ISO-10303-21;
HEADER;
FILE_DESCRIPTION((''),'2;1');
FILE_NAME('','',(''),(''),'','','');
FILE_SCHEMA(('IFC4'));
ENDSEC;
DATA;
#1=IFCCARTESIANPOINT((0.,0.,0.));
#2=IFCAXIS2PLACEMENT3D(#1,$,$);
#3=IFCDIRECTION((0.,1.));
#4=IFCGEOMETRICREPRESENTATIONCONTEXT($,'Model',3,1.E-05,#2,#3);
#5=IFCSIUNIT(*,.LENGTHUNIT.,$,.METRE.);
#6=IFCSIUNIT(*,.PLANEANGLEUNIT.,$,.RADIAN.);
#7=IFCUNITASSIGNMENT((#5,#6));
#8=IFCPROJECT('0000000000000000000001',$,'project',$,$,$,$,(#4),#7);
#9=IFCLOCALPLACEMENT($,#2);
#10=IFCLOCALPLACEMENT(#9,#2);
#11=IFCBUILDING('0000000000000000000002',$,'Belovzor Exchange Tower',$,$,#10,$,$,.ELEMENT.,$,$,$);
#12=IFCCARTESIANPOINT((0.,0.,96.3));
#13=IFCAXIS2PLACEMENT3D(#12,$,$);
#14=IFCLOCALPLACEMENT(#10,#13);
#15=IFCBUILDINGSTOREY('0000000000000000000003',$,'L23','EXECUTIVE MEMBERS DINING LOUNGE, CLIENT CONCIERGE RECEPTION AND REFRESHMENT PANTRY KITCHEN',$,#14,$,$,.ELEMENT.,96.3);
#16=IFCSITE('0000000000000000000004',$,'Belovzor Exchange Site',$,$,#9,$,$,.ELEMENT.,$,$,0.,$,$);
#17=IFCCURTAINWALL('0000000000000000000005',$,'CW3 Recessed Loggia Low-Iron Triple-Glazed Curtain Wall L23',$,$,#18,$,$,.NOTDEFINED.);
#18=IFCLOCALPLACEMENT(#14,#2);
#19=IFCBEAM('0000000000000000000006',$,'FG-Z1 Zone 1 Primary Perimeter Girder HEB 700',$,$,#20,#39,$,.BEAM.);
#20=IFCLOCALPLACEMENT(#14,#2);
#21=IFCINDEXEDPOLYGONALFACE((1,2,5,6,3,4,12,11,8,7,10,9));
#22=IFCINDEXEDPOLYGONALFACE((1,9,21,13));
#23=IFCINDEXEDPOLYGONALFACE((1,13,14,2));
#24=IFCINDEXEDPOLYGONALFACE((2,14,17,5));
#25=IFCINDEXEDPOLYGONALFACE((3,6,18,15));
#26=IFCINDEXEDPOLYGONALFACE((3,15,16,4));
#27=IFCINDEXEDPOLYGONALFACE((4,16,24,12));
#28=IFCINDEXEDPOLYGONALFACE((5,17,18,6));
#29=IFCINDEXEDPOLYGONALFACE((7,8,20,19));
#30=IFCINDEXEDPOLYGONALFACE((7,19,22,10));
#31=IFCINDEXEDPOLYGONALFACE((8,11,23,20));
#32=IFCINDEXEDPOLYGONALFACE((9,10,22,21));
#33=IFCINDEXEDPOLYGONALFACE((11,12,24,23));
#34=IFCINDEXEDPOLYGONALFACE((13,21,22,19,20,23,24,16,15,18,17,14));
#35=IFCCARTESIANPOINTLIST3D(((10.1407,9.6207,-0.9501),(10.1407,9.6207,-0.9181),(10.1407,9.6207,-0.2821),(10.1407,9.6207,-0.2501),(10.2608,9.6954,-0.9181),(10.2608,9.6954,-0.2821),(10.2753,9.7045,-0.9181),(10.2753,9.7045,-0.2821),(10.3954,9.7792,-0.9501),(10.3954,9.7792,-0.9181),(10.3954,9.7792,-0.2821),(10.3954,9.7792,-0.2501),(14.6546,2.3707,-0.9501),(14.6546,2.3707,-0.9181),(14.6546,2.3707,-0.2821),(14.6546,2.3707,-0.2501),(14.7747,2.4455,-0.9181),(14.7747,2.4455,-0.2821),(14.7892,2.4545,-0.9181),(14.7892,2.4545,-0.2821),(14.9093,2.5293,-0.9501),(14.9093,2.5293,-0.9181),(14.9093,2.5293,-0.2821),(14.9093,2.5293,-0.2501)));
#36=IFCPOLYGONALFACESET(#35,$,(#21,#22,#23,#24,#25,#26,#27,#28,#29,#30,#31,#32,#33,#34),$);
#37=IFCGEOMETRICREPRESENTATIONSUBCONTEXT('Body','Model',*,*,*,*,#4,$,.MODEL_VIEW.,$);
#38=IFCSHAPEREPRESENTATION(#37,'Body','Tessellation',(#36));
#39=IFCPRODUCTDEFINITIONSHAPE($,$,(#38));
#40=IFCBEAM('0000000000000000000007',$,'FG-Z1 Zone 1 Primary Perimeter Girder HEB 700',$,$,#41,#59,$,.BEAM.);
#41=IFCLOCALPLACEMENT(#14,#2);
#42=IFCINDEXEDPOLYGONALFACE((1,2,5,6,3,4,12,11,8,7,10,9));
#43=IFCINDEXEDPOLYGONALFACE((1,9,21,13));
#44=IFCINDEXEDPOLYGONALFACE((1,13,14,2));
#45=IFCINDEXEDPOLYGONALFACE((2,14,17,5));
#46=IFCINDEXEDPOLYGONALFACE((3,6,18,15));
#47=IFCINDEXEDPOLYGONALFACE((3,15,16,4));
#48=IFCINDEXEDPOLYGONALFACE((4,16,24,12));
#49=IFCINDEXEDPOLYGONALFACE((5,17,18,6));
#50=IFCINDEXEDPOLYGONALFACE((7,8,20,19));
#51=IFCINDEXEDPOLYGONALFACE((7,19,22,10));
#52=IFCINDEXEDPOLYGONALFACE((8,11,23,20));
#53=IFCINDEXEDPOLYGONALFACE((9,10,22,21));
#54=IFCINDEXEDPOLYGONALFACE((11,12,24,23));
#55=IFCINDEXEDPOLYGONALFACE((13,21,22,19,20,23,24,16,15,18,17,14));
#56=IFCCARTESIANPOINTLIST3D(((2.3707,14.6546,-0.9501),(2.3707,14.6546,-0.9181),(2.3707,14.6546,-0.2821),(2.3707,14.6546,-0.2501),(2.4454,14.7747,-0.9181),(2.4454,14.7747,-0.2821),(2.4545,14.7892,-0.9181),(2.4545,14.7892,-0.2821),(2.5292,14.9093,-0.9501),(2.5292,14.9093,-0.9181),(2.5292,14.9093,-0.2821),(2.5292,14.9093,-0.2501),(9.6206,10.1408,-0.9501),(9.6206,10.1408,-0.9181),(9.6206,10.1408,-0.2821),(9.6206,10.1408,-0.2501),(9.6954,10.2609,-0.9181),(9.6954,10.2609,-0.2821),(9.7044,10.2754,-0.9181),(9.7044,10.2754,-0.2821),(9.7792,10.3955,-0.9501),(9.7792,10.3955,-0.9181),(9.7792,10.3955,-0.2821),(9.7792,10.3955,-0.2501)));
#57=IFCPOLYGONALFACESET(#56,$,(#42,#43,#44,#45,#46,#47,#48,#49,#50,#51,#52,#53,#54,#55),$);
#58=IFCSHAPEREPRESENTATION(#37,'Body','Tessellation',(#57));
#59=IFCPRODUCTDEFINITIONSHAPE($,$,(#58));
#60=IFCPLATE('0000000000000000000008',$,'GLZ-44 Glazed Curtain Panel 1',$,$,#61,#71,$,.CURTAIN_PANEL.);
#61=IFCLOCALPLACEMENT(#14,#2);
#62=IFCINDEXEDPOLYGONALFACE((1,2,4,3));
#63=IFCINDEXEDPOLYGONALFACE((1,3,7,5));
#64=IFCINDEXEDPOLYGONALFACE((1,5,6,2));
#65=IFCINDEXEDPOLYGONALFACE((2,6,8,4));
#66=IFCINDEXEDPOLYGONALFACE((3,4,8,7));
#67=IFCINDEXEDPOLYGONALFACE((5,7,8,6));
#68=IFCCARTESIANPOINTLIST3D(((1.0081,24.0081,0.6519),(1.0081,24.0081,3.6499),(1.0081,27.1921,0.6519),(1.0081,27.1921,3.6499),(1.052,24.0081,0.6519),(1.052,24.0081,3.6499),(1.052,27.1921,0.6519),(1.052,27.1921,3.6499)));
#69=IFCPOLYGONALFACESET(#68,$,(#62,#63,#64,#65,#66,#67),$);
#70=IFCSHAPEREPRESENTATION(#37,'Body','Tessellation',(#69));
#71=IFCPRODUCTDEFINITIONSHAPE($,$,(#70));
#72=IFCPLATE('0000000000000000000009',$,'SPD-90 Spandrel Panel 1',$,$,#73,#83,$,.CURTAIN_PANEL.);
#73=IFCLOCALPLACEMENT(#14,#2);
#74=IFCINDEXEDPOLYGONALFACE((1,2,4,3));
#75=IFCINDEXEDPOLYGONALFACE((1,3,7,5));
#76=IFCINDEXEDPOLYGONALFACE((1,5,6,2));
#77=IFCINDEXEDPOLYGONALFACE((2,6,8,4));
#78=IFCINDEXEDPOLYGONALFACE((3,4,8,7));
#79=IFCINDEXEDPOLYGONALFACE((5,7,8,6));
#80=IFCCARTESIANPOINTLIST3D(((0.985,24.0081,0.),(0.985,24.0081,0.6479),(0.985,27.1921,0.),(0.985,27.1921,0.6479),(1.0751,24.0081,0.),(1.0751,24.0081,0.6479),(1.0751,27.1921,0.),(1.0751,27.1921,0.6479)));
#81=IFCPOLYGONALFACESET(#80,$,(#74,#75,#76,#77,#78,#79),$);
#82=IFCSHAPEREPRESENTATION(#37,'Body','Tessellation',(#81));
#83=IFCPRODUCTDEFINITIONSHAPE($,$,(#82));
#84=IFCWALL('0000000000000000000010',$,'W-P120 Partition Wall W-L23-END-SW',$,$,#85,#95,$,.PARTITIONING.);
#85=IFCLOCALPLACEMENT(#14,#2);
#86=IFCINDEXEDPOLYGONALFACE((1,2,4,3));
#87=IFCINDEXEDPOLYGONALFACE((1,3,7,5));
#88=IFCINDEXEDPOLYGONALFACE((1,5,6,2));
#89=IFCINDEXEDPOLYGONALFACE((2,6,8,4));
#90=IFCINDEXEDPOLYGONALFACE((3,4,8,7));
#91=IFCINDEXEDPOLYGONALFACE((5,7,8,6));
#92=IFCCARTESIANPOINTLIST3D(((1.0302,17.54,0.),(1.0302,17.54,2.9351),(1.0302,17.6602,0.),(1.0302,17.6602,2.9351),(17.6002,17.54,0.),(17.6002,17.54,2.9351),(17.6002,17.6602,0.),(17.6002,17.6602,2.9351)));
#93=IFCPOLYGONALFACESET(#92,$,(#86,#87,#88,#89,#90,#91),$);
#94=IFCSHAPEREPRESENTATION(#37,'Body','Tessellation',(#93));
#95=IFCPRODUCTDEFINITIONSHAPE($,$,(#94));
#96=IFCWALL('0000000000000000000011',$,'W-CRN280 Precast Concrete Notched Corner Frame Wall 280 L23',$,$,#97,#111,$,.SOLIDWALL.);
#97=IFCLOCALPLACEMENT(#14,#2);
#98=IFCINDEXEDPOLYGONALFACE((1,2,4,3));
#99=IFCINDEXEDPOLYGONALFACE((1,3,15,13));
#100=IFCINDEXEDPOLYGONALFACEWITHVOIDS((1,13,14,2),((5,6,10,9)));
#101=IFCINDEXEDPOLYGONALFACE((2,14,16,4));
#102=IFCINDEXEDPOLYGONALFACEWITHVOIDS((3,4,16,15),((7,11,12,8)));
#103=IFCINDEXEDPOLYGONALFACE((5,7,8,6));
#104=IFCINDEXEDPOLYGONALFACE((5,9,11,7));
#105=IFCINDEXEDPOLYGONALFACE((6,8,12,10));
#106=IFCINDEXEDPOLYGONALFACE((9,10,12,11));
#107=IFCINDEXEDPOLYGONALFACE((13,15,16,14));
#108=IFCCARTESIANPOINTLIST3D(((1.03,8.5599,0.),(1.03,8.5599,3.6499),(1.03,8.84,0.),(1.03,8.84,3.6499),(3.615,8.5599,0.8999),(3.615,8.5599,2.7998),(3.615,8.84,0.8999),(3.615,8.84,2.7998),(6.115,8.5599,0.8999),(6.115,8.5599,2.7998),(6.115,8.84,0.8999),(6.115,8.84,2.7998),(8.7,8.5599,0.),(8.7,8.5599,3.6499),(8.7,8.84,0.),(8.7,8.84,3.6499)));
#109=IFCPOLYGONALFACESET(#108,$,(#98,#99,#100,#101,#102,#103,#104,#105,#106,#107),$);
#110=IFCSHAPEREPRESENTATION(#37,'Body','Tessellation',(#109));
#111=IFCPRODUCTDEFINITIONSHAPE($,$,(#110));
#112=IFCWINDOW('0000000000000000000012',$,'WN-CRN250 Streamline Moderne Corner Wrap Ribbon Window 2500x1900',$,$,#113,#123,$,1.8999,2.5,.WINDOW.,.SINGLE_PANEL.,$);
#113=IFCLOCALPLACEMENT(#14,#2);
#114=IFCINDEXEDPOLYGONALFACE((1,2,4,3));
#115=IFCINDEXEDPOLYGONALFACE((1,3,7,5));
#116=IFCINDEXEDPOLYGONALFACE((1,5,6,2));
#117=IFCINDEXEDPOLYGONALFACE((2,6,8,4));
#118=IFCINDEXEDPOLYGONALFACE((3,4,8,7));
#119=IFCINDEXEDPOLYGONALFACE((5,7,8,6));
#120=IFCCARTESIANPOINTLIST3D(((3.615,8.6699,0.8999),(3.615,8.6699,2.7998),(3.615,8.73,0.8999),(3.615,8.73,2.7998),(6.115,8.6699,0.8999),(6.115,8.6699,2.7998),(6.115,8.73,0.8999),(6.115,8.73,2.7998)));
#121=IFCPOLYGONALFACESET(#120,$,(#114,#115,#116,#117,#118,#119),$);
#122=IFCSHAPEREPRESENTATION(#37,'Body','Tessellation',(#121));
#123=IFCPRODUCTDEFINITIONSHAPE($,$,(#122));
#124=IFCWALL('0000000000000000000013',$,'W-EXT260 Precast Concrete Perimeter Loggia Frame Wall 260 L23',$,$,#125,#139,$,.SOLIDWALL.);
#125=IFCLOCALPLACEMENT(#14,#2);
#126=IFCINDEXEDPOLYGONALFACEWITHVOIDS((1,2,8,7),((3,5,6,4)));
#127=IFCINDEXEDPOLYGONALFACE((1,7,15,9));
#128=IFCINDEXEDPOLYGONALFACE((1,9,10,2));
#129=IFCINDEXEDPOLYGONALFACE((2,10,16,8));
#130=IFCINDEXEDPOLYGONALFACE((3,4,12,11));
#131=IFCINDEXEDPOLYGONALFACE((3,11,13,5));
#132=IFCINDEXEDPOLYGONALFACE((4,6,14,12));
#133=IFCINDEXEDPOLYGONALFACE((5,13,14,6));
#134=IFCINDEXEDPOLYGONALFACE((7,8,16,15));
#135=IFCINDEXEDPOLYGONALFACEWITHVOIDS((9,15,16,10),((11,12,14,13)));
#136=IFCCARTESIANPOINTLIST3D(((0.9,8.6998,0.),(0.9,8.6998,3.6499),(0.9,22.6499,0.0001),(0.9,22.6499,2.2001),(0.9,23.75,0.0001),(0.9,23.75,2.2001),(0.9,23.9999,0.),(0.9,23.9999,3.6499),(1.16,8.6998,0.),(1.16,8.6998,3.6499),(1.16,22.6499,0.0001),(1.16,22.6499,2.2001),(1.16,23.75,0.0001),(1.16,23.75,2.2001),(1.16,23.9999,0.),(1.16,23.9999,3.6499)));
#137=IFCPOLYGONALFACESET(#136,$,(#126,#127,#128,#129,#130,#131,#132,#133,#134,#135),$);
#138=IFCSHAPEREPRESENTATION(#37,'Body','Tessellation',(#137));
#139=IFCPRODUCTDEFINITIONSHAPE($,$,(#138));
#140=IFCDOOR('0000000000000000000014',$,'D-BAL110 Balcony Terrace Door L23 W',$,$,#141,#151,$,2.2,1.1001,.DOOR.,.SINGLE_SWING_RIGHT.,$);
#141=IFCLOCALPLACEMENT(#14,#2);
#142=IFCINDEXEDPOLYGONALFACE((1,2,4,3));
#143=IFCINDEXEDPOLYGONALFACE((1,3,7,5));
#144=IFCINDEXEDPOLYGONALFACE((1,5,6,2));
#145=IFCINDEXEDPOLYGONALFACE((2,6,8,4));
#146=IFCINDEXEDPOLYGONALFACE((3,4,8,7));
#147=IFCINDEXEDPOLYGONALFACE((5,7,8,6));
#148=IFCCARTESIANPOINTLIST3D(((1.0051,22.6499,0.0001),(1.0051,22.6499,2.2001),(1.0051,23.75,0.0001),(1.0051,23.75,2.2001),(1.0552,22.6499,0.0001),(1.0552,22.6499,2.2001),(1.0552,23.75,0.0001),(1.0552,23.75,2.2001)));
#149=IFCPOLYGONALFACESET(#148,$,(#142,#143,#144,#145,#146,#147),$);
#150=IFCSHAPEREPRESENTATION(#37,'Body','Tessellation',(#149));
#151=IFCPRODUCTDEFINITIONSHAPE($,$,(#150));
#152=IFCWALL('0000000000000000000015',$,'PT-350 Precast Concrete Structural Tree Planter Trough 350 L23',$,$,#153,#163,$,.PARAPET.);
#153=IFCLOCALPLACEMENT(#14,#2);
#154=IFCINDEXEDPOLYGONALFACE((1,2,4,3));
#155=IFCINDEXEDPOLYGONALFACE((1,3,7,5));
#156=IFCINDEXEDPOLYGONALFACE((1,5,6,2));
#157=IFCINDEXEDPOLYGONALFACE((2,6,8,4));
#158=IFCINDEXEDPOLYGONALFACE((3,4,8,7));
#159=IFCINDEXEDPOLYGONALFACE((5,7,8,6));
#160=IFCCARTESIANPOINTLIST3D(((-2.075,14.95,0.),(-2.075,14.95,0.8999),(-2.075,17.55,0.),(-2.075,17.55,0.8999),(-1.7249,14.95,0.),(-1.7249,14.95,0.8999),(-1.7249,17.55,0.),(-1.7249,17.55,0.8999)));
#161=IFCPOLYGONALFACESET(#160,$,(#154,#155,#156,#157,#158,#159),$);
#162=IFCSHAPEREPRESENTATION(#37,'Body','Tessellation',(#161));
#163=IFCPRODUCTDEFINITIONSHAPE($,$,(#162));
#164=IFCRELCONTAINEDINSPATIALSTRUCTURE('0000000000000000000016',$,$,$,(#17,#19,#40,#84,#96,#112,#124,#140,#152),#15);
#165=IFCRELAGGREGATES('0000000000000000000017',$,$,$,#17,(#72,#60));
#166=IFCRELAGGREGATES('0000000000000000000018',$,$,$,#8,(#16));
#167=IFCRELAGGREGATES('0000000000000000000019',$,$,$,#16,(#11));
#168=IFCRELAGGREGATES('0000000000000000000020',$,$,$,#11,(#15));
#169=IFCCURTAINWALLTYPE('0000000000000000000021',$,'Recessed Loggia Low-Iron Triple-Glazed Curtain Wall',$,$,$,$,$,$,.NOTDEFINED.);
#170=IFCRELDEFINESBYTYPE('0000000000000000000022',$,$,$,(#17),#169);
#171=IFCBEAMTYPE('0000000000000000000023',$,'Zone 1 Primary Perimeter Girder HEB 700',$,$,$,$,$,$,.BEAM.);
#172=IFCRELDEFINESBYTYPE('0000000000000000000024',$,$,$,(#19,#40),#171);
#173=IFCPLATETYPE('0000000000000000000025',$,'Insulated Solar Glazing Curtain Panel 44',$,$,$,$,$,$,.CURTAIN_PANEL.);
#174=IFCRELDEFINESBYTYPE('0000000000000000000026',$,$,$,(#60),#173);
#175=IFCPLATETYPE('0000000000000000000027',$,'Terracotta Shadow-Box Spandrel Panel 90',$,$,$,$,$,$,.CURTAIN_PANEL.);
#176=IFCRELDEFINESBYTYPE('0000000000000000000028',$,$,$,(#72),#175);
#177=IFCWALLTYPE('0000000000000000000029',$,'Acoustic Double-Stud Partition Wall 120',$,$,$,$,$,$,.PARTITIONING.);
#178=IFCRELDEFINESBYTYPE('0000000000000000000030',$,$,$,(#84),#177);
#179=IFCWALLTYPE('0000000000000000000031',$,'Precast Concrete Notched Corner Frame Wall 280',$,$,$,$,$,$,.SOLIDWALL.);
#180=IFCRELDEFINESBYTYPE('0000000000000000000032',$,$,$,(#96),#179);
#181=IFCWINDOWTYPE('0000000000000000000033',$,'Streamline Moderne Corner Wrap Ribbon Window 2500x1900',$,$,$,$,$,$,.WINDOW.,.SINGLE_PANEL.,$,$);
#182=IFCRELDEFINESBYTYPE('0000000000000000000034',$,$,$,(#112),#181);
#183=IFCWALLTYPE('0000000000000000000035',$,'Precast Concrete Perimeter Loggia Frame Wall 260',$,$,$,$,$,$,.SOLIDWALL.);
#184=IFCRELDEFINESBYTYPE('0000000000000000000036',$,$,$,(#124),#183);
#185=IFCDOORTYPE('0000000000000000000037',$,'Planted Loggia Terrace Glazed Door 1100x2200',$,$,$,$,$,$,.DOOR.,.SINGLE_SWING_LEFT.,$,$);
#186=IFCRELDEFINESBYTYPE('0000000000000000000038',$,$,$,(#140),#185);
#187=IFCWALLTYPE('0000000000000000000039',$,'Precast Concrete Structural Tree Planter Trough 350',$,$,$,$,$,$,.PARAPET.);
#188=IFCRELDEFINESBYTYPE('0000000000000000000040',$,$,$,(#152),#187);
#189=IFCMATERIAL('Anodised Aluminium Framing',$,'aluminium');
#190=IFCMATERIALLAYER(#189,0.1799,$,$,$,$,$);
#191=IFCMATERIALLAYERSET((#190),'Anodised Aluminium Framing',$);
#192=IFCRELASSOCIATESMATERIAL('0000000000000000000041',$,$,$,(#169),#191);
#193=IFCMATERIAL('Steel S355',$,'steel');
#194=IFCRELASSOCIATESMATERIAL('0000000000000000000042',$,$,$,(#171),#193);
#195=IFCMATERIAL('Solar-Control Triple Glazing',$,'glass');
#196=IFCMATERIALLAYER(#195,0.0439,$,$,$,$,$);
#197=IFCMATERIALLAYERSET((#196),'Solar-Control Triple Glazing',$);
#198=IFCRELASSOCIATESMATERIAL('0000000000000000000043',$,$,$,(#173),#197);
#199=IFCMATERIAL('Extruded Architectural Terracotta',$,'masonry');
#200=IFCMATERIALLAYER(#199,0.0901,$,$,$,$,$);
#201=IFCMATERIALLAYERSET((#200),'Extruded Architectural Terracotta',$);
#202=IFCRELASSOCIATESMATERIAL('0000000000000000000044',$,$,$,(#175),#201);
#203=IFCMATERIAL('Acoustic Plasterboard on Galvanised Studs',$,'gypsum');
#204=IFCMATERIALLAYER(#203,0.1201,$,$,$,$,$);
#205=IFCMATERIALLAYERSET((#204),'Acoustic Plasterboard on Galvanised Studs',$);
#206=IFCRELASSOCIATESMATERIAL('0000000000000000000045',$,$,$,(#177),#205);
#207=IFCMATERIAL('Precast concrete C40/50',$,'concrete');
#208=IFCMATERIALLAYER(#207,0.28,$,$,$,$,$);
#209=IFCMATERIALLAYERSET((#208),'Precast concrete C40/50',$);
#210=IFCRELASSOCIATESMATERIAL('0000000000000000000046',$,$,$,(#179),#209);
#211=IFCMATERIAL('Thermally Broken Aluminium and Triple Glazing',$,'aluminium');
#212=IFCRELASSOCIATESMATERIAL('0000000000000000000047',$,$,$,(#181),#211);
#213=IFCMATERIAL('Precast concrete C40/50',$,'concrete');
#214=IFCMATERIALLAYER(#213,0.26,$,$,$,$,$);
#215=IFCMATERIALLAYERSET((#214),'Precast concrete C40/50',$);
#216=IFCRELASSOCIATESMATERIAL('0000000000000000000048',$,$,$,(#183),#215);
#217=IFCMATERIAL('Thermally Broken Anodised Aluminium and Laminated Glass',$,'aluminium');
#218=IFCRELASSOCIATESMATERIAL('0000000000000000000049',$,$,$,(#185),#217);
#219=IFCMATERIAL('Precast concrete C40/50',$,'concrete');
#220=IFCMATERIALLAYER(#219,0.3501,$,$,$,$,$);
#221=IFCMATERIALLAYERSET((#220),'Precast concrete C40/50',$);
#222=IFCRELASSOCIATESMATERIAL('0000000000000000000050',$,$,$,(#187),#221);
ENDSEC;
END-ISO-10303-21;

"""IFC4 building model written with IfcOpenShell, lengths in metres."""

from ifc_helpers import new_model, si_unit, direction, frame, frame_2d, origin, origin_2d, place, context, subcontext, project, spatial, rectangle, i_section, extrude, material, layer, layer_set, material_profile, profile_set, type_object, element, fill, aggregate, save


model = new_model("IFC4")

# Units and contexts
model_context = context("Model", 3, precision=1e-05, world=origin(), true_north=direction((0.0, 1.0)))
body_context = subcontext(model_context, "Body", "Model", "MODEL_VIEW")
ifc_project = project(units=[si_unit("LENGTHUNIT", "METRE"), si_unit("PLANEANGLEUNIT", "RADIAN")], contexts=[model_context])

# Site, building, storey
site_placement = place(None, origin())
site = spatial("IfcSite", under=ifc_project, at=site_placement, Name="Belovzor Exchange Site", CompositionType="ELEMENT", RefElevation=0.0)
building_placement = place(site_placement, origin())
building = spatial("IfcBuilding", under=site, at=building_placement, Name="Belovzor Exchange Tower", CompositionType="ELEMENT")
storey_placement = place(building_placement, frame((0.0, 0.0, 96.3)))
storey = spatial("IfcBuildingStorey", under=building, at=storey_placement, Name="L23", Description="EXECUTIVE MEMBERS DINING LOUNGE, CLIENT CONCIERGE RECEPTION AND REFRESHMENT PANTRY KITCHEN", CompositionType="ELEMENT", Elevation=96.3)

# Curtain wall
ifc_material_1 = material(Name="Anodised Aluminium Framing", Category="aluminium")
ifc_layer_1 = layer(ifc_material_1, 0.1799)
ifc_layer_set_1 = layer_set([ifc_layer_1], Name="Anodised Aluminium Framing")
curtain_wall_type = type_object("IfcCurtainWallType", Name="Recessed Loggia Low-Iron Triple-Glazed Curtain Wall", PredefinedType="NOTDEFINED", material=ifc_layer_set_1)
curtain_wall_placement = place(storey_placement, origin())
curtain_wall = element("IfcCurtainWall", 1, at=curtain_wall_placement, inside=storey, type_object=curtain_wall_type, Name="CW3 Recessed Loggia Low-Iron Triple-Glazed Curtain Wall L23", PredefinedType="NOTDEFINED")

# Beams
ifc_material_2 = material(Name="Steel S355", Category="steel")
ifc_material_profile_1 = material_profile(ifc_material_2, i_section(OverallWidth=0.3, OverallDepth=0.7, WebThickness=0.0171, FlangeThickness=0.032, at=origin_2d()))
ifc_profile_set_1 = profile_set([ifc_material_profile_1], Name="Steel S355")
beam_type_1 = type_object("IfcBeamType", Name="Zone 1 Primary Perimeter Girder HEB 700", PredefinedType="BEAM", material=ifc_profile_set_1)
for number, where, z_axis, x_axis, name in (
    (2, (10.2681, 9.7, -0.6001), (0.528539, -0.848909, 0.0), (0.848909, 0.528539, 0.0), "FG-Z1 Zone 1 Primary Perimeter Girder HEB 700"),
    (3, (2.45, 14.782, -0.6001), (0.848909, -0.528539, 0.0), (0.528539, 0.848909, 0.0), "FG-Z1 Zone 1 Primary Perimeter Girder HEB 700"),
):
    element("IfcBeam", number, at=place(storey_placement, frame(where, z_axis=z_axis, x_axis=x_axis)), inside=storey, type_object=beam_type_1, Name=name, PredefinedType="BEAM", context=body_context, shape_type="SweptSolid", body=[
        extrude(i_section(OverallWidth=0.3, OverallDepth=0.7, WebThickness=0.0171, FlangeThickness=0.032, at=origin_2d()), origin(), (0.0, 0.0, 1.0), 8.5403),
    ])

# Plates
ifc_material_3 = material(Name="Solar-Control Triple Glazing", Category="glass")
ifc_layer_2 = layer(ifc_material_3, 0.0439)
ifc_layer_set_2 = layer_set([ifc_layer_2], Name="Solar-Control Triple Glazing")
plate_type_1 = type_object("IfcPlateType", Name="Insulated Solar Glazing Curtain Panel 44", PredefinedType="CURTAIN_PANEL", material=ifc_layer_set_2)
plate_1_placement = place(storey_placement, frame((1.03, 25.6001, 0.6519), z_axis=(0.0, 0.0, 1.0), x_axis=(0.0, 1.0, 0.0)))
plate_1 = element("IfcPlate", 4, at=plate_1_placement, type_object=plate_type_1, Name="GLZ-44 Glazed Curtain Panel 1", PredefinedType="CURTAIN_PANEL", context=body_context, shape_type="SweptSolid", body=[
    extrude(rectangle(XDim=3.1841, YDim=0.0439, at=origin_2d()), origin(), (0.0, 0.0, 1.0), 2.998),
])
ifc_material_4 = material(Name="Extruded Architectural Terracotta", Category="masonry")
ifc_layer_3 = layer(ifc_material_4, 0.0901)
ifc_layer_set_3 = layer_set([ifc_layer_3], Name="Extruded Architectural Terracotta")
plate_type_2 = type_object("IfcPlateType", Name="Terracotta Shadow-Box Spandrel Panel 90", PredefinedType="CURTAIN_PANEL", material=ifc_layer_set_3)
plate_2_placement = place(storey_placement, frame((1.03, 25.6001, 0.0), z_axis=(0.0, 0.0, 1.0), x_axis=(0.0, 1.0, 0.0)))
plate_2 = element("IfcPlate", 5, at=plate_2_placement, type_object=plate_type_2, Name="SPD-90 Spandrel Panel 1", PredefinedType="CURTAIN_PANEL", context=body_context, shape_type="SweptSolid", body=[
    extrude(rectangle(XDim=3.1841, YDim=0.0901, at=origin_2d()), origin(), (0.0, 0.0, 1.0), 0.6479),
])
aggregate(curtain_wall, [plate_2, plate_1])

# Wall
ifc_material_5 = material(Name="Acoustic Plasterboard on Galvanised Studs", Category="gypsum")
ifc_layer_4 = layer(ifc_material_5, 0.1201)
ifc_layer_set_4 = layer_set([ifc_layer_4], Name="Acoustic Plasterboard on Galvanised Studs")
wall_type_1 = type_object("IfcWallType", Name="Acoustic Double-Stud Partition Wall 120", PredefinedType="PARTITIONING", material=ifc_layer_set_4)
wall_1_placement = place(storey_placement, frame((1.03, 17.6001, 0.0), z_axis=(0.0, 0.0, 1.0), x_axis=(1.0, 0.0, 0.0)))
element("IfcWall", 6, at=wall_1_placement, inside=storey, type_object=wall_type_1, Name="W-P120 Partition Wall W-L23-END-SW", PredefinedType="PARTITIONING", context=body_context, shape_type="SweptSolid", body=[
    extrude(rectangle(XDim=16.5701, YDim=0.1201, at=frame_2d((8.2852, 0.0))), origin(), (0.0, 0.0, 1.0), 2.9351),
])

# Wall, opening, window
ifc_material_6 = material(Name="Precast concrete C40/50", Category="concrete")
ifc_layer_5 = layer(ifc_material_6, 0.28)
ifc_layer_set_5 = layer_set([ifc_layer_5], Name="Precast concrete C40/50")
wall_type_2 = type_object("IfcWallType", Name="Precast Concrete Notched Corner Frame Wall 280", PredefinedType="SOLIDWALL", material=ifc_layer_set_5)
wall_2_placement = place(storey_placement, frame((8.7, 8.7, 0.0), z_axis=(0.0, 0.0, 1.0), x_axis=(-1.0, 0.0, 0.0)))
wall_2 = element("IfcWall", 7, at=wall_2_placement, inside=storey, type_object=wall_type_2, Name="W-CRN280 Precast Concrete Notched Corner Frame Wall 280 L23", PredefinedType="SOLIDWALL", context=body_context, shape_type="SweptSolid", body=[
    extrude(rectangle(XDim=7.6699, YDim=0.28, at=frame_2d((3.835, 0.0))), origin(), (0.0, 0.0, 1.0), 3.6499),
])
opening_1_placement = place(wall_2_placement, frame((2.585, 0.0, 0.8999)))
opening_1 = element("IfcOpeningElement", 8, at=opening_1_placement, cuts=wall_2, PredefinedType="OPENING", context=body_context, shape_type="SweptSolid", body=[
    extrude(rectangle(XDim=2.5, YDim=1.8999, at=frame_2d((1.25, 0.95))), frame((0.0, 0.1499, 0.0), z_axis=(0.0, -1.0, 0.0), x_axis=(1.0, 0.0, 0.0)), (0.0, 0.0, 1.0), 0.3),
])
ifc_material_7 = material(Name="Thermally Broken Aluminium and Triple Glazing", Category="aluminium")
window_type = type_object("IfcWindowType", Name="Streamline Moderne Corner Wrap Ribbon Window 2500x1900", PartitioningType="SINGLE_PANEL", PredefinedType="WINDOW", material=ifc_material_7)
window_placement = place(opening_1_placement, origin())
window = element("IfcWindow", 9, at=window_placement, inside=storey, type_object=window_type, Name="WN-CRN250 Streamline Moderne Corner Wrap Ribbon Window 2500x1900", OverallHeight=1.8999, OverallWidth=2.5, PartitioningType="SINGLE_PANEL", PredefinedType="WINDOW", context=body_context, shape_type="SweptSolid", body=[
    extrude(rectangle(XDim=2.5, YDim=1.8999, at=frame_2d((1.25, 0.95))), frame((0.0, 0.03, 0.0), z_axis=(0.0, -1.0, 0.0), x_axis=(1.0, 0.0, 0.0)), (0.0, 0.0, 1.0), 0.0601),
])
fill(opening_1, window)

# Wall, opening, door
ifc_material_8 = material(Name="Precast concrete C40/50", Category="concrete")
ifc_layer_6 = layer(ifc_material_8, 0.26)
ifc_layer_set_6 = layer_set([ifc_layer_6], Name="Precast concrete C40/50")
wall_type_3 = type_object("IfcWallType", Name="Precast Concrete Perimeter Loggia Frame Wall 260", PredefinedType="SOLIDWALL", material=ifc_layer_set_6)
wall_3_placement = place(storey_placement, frame((1.03, 8.7, 0.0), z_axis=(0.0, 0.0, 1.0), x_axis=(0.0, 1.0, 0.0)))
wall_3 = element("IfcWall", 10, at=wall_3_placement, inside=storey, type_object=wall_type_3, Name="W-EXT260 Precast Concrete Perimeter Loggia Frame Wall 260 L23", PredefinedType="SOLIDWALL", context=body_context, shape_type="SweptSolid", body=[
    extrude(rectangle(XDim=15.3, YDim=0.26, at=frame_2d((7.6499, 0.0))), origin(), (0.0, 0.0, 1.0), 3.6499),
])
opening_2_placement = place(wall_3_placement, frame((13.95, 0.0, 0.0)))
opening_2 = element("IfcOpeningElement", 11, at=opening_2_placement, cuts=wall_3, PredefinedType="OPENING", context=body_context, shape_type="SweptSolid", body=[
    extrude(rectangle(XDim=1.1001, YDim=2.2, at=frame_2d((0.55, 1.1001))), frame((0.0, 0.1399, 0.0), z_axis=(0.0, -1.0, 0.0), x_axis=(1.0, 0.0, 0.0)), (0.0, 0.0, 1.0), 0.28),
])
ifc_material_9 = material(Name="Thermally Broken Anodised Aluminium and Laminated Glass", Category="aluminium")
door_type = type_object("IfcDoorType", Name="Planted Loggia Terrace Glazed Door 1100x2200", OperationType="SINGLE_SWING_LEFT", PredefinedType="DOOR", material=ifc_material_9)
door_placement = place(opening_2_placement, origin())
door = element("IfcDoor", 12, at=door_placement, inside=storey, type_object=door_type, Name="D-BAL110 Balcony Terrace Door L23 W", OperationType="SINGLE_SWING_RIGHT", OverallHeight=2.2, OverallWidth=1.1001, PredefinedType="DOOR", context=body_context, shape_type="SweptSolid", body=[
    extrude(rectangle(XDim=1.1001, YDim=2.2, at=frame_2d((0.55, 1.1001))), frame((0.0, 0.0249, 0.0), z_axis=(0.0, -1.0, 0.0), x_axis=(1.0, 0.0, 0.0)), (0.0, 0.0, 1.0), 0.05),
])
fill(opening_2, door)

# Wall
ifc_material_10 = material(Name="Precast concrete C40/50", Category="concrete")
ifc_layer_7 = layer(ifc_material_10, 0.3501)
ifc_layer_set_7 = layer_set([ifc_layer_7], Name="Precast concrete C40/50")
wall_type_4 = type_object("IfcWallType", Name="Precast Concrete Structural Tree Planter Trough 350", PredefinedType="PARAPET", material=ifc_layer_set_7)
wall_4_placement = place(storey_placement, frame((-1.8999, 14.95, 0.0), z_axis=(0.0, 0.0, 1.0), x_axis=(0.0, 1.0, 0.0)))
element("IfcWall", 13, at=wall_4_placement, inside=storey, type_object=wall_type_4, Name="PT-350 Precast Concrete Structural Tree Planter Trough 350 L23", PredefinedType="PARAPET", context=body_context, shape_type="SweptSolid", body=[
    extrude(rectangle(XDim=2.6001, YDim=0.3501, at=frame_2d((1.3, 0.0))), origin(), (0.0, 0.0, 1.0), 0.8999),
])

save(model, "model.ifc")
